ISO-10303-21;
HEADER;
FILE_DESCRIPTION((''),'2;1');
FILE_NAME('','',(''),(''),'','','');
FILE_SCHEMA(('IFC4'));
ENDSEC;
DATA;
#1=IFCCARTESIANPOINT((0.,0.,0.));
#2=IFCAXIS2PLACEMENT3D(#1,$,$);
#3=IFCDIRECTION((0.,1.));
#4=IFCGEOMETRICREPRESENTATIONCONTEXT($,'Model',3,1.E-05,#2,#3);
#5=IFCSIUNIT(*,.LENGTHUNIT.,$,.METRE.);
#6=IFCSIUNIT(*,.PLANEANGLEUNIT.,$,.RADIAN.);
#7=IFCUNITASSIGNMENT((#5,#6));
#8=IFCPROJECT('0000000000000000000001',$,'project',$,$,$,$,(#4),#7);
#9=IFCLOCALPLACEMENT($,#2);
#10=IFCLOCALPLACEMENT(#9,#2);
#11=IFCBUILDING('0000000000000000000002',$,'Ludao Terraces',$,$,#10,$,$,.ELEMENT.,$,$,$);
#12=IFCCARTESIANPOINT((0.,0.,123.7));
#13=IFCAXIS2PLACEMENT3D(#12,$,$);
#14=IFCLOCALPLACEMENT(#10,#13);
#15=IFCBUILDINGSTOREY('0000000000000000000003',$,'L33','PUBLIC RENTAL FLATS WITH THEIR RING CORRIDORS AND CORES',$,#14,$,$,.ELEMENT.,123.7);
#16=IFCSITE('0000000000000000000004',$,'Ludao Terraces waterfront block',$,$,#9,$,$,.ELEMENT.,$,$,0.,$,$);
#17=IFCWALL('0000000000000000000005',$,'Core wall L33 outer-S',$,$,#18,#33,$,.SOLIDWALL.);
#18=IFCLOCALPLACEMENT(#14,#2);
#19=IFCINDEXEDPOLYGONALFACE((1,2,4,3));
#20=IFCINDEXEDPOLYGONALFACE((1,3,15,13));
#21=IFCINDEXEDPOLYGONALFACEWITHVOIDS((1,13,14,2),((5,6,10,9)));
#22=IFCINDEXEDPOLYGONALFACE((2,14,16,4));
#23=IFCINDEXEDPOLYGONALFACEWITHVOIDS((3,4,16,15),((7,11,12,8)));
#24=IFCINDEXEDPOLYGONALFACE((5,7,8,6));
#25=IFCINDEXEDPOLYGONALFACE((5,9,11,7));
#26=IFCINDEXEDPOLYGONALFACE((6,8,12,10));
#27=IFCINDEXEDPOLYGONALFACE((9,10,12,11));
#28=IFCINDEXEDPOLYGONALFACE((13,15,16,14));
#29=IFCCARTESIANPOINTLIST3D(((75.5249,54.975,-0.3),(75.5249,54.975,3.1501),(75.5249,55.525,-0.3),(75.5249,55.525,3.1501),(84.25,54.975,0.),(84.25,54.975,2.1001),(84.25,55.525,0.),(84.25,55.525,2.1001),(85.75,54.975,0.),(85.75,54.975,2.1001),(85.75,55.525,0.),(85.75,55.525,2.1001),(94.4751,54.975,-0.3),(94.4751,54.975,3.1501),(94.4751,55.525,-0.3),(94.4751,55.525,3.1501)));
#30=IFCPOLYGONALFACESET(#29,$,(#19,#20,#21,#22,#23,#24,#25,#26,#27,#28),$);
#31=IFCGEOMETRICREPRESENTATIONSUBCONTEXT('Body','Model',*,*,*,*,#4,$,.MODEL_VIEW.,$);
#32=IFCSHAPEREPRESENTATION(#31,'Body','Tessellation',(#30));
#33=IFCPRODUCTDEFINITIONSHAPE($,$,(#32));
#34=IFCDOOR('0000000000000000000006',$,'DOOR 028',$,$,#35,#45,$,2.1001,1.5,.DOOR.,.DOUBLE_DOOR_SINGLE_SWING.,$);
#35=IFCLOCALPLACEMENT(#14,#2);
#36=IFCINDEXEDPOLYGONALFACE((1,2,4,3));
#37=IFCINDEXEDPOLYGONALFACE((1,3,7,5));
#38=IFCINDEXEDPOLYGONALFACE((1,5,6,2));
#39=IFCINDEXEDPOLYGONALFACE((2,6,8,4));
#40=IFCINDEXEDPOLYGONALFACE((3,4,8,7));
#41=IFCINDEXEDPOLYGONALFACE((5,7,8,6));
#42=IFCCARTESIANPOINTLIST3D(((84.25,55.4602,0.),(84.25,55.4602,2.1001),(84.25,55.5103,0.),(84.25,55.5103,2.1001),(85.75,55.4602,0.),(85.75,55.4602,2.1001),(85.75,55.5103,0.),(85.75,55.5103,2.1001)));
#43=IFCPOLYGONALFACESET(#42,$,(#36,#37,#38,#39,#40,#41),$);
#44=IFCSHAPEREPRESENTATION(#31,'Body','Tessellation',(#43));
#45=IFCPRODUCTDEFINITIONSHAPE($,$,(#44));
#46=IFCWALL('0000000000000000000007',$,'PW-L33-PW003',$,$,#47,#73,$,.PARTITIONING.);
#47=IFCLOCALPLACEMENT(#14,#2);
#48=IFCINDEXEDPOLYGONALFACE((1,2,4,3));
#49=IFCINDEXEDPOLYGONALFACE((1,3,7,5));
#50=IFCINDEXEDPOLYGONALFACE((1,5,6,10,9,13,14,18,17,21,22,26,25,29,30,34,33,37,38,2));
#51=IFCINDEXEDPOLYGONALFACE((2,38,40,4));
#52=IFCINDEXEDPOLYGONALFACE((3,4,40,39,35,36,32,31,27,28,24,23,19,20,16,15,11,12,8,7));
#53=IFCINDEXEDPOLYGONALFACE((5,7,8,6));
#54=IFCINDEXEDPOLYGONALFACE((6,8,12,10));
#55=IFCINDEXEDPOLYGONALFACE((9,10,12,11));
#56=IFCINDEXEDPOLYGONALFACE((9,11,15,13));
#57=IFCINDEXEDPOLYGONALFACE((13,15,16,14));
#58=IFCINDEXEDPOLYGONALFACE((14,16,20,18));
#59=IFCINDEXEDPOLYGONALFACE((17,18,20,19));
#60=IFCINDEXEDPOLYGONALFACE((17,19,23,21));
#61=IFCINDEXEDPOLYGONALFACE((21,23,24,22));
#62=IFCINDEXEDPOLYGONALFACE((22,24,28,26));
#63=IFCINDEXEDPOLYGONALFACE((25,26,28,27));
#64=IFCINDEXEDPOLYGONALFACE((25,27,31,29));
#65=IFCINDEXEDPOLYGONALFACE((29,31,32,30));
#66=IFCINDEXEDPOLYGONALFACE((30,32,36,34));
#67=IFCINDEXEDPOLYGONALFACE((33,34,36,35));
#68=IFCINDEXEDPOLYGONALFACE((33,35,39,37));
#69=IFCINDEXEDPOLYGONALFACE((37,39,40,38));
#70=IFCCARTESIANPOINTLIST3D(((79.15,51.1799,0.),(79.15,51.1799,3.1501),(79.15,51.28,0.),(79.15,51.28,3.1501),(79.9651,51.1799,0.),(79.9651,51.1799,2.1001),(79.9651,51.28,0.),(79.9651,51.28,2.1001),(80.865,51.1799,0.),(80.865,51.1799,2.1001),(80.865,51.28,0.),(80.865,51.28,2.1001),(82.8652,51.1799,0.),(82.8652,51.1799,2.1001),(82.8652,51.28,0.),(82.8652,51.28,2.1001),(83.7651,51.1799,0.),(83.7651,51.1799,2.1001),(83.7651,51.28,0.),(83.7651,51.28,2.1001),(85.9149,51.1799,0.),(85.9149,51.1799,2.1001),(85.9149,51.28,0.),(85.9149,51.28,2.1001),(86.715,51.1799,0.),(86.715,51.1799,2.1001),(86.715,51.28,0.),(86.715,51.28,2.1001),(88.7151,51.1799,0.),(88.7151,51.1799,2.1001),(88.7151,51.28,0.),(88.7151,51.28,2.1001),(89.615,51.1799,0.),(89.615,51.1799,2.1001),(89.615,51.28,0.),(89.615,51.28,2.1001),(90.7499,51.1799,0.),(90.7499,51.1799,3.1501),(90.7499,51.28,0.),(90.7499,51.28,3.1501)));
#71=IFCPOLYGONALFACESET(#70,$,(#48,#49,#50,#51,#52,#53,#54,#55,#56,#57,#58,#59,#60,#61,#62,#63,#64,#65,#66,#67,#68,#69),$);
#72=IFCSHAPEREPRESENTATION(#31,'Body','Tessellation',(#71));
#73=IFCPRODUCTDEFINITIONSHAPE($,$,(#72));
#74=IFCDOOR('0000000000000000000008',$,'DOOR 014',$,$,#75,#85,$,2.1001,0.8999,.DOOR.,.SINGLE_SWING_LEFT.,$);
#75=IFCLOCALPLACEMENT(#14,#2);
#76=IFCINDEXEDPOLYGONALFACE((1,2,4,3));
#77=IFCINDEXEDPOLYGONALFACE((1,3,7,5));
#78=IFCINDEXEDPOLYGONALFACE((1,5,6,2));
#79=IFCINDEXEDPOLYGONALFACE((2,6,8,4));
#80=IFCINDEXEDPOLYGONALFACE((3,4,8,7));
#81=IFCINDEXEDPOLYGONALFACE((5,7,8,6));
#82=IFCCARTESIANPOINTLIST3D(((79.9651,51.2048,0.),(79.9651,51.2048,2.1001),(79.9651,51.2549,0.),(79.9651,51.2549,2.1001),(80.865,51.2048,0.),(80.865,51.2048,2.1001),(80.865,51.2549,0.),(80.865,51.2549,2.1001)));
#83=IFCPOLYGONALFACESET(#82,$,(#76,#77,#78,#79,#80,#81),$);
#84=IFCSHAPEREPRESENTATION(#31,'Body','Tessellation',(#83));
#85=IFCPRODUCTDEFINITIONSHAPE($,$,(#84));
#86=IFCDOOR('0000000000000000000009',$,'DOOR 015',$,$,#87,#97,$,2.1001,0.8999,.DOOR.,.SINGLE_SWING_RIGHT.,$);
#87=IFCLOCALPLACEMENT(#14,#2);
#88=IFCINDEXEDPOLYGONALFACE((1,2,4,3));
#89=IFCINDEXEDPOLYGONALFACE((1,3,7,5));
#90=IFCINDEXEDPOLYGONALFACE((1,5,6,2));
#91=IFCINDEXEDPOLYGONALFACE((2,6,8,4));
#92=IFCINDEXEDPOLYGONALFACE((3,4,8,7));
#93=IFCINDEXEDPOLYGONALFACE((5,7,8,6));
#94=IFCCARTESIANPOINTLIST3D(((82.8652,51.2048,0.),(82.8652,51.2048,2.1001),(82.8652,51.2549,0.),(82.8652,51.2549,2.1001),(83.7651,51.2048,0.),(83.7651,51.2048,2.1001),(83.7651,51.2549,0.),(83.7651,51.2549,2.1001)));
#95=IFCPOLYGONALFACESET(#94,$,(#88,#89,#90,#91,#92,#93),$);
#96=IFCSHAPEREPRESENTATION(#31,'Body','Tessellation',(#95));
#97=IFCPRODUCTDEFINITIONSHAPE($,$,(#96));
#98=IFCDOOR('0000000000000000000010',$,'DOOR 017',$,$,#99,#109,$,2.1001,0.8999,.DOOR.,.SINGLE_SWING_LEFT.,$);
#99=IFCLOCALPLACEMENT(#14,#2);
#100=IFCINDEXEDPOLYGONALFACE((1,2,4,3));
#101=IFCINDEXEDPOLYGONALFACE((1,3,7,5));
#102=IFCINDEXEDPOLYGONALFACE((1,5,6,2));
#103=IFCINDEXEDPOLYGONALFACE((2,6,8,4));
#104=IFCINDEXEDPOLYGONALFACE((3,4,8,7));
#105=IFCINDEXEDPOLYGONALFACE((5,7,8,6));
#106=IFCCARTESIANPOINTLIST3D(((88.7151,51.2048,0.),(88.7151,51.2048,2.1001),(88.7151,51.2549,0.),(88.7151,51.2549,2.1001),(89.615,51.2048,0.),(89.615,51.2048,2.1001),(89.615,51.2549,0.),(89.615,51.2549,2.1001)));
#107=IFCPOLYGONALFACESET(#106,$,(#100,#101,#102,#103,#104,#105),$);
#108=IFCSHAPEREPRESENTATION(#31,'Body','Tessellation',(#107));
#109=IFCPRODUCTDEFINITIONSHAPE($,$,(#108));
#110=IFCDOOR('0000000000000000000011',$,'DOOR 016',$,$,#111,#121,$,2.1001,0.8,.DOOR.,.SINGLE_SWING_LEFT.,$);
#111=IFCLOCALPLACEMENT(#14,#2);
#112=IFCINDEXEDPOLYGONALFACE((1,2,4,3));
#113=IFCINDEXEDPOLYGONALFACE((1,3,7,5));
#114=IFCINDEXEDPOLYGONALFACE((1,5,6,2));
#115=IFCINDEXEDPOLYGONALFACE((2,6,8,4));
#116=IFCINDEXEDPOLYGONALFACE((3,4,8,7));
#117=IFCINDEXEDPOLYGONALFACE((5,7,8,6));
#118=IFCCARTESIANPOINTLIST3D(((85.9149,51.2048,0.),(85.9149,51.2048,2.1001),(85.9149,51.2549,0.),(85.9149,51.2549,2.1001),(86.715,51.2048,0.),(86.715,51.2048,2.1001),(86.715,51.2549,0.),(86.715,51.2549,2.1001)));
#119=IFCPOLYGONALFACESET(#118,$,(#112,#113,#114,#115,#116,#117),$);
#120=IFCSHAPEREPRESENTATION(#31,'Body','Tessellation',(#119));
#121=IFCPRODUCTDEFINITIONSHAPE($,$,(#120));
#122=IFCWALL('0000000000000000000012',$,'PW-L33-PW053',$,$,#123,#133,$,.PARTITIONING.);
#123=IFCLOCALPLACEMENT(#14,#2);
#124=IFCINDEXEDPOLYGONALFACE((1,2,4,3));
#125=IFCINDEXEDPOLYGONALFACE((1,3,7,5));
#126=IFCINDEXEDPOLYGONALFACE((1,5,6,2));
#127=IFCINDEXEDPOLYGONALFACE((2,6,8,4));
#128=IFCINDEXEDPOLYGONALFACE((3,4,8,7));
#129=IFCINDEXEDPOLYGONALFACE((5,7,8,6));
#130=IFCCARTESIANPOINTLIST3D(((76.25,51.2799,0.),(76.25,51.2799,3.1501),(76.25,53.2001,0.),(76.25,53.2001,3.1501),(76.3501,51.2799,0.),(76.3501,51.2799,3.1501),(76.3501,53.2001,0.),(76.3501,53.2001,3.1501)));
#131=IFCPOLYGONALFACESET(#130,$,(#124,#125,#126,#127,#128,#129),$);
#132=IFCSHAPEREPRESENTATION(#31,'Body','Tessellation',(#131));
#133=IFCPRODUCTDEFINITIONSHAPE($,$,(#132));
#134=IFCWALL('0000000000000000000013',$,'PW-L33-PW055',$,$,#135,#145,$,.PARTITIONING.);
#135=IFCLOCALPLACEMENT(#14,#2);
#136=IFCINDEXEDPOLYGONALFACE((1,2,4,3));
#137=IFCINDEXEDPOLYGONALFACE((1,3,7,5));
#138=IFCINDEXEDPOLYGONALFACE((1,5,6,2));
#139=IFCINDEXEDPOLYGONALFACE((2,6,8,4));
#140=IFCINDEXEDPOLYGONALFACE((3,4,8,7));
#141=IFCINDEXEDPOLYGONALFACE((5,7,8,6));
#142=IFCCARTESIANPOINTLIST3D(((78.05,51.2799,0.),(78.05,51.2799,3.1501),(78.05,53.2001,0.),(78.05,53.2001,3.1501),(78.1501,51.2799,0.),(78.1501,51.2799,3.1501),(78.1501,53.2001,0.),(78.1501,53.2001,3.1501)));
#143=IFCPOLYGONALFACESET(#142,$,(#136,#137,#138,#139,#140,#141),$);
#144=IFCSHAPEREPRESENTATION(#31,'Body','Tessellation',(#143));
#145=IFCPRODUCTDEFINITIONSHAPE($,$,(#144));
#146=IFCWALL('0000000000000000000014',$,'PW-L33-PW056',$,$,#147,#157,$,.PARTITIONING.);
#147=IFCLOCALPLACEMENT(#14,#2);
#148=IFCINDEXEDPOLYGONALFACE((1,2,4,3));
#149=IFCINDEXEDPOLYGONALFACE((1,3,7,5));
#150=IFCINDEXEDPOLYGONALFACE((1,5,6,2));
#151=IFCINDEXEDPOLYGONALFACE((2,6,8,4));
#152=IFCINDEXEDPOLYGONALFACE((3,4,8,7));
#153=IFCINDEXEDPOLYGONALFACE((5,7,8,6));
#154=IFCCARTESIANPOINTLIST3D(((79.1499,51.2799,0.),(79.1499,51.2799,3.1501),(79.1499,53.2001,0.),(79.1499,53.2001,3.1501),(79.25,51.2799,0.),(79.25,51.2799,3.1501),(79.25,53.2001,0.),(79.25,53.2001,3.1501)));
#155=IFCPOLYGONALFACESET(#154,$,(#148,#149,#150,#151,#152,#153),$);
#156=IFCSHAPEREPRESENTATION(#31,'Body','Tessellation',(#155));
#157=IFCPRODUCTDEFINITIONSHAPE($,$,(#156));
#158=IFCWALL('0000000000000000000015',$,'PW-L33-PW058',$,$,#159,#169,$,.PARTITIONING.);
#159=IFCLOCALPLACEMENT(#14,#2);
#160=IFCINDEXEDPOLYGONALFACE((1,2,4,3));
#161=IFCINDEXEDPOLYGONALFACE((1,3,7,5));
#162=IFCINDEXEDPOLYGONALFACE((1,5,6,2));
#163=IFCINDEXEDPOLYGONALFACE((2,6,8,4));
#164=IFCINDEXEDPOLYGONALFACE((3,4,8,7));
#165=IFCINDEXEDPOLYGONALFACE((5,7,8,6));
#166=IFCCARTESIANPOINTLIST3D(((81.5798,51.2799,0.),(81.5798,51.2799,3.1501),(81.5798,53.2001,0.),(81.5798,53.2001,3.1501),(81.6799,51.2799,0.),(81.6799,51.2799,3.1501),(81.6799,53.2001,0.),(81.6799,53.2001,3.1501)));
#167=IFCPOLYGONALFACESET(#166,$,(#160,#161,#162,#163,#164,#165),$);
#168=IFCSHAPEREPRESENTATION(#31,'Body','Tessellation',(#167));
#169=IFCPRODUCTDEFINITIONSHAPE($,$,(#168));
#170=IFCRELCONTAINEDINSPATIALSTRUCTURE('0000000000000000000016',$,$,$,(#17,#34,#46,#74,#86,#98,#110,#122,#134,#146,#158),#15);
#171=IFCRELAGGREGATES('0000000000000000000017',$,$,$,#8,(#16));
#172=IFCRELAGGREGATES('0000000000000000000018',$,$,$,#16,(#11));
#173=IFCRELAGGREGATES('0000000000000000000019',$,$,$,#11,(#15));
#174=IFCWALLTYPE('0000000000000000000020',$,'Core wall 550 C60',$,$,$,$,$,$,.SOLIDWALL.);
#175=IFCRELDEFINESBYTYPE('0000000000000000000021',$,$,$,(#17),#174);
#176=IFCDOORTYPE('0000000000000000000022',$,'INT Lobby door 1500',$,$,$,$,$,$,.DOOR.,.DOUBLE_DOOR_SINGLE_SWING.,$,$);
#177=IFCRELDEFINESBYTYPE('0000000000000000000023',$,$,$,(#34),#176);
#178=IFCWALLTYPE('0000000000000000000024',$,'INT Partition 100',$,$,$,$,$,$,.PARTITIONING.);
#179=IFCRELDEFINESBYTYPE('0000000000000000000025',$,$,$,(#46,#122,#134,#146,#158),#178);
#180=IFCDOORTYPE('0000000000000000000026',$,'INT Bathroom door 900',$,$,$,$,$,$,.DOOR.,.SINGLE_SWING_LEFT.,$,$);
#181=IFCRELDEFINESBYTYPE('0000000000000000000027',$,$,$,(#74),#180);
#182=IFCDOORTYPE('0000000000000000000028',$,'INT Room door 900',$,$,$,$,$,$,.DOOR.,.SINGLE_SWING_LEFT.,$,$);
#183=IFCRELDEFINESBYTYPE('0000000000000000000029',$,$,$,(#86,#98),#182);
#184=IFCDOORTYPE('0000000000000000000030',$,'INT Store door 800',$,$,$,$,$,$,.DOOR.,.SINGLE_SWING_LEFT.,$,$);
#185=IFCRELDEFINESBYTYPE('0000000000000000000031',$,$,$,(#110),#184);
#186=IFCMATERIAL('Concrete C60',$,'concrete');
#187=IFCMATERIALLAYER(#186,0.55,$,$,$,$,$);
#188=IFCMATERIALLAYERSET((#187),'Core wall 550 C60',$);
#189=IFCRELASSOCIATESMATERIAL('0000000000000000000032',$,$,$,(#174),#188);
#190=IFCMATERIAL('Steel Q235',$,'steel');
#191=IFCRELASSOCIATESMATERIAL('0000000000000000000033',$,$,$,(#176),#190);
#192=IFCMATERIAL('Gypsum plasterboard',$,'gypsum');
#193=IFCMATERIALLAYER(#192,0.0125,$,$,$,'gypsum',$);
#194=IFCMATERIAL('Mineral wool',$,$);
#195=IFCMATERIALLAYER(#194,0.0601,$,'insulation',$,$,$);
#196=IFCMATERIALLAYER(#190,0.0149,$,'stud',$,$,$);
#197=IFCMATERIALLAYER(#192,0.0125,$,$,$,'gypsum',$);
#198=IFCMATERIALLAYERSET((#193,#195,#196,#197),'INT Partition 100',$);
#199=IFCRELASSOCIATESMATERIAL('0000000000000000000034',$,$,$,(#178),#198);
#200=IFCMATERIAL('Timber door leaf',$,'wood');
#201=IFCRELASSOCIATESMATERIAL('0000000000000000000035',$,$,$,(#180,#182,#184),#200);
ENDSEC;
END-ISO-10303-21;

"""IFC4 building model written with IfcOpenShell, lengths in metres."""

from ifc_helpers import new_model, si_unit, direction, frame, frame_2d, origin, place, context, subcontext, project, spatial, rectangle, extrude, material, layer, layer_set, type_object, element, fill, save


model = new_model("IFC4")

# Units and contexts
model_context = context("Model", 3, precision=1e-05, world=origin(), true_north=direction((0.0, 1.0)))
body_context = subcontext(model_context, "Body", "Model", "MODEL_VIEW")
ifc_project = project(units=[si_unit("LENGTHUNIT", "METRE"), si_unit("PLANEANGLEUNIT", "RADIAN")], contexts=[model_context])

# Site, building, storey
site_placement = place(None, origin())
site = spatial("IfcSite", under=ifc_project, at=site_placement, Name="Ludao Terraces waterfront block", CompositionType="ELEMENT", RefElevation=0.0)
building_placement = place(site_placement, origin())
building = spatial("IfcBuilding", under=site, at=building_placement, Name="Ludao Terraces", CompositionType="ELEMENT")
storey_placement = place(building_placement, frame((0.0, 0.0, 123.7)))
storey = spatial("IfcBuildingStorey", under=building, at=storey_placement, Name="L33", Description="PUBLIC RENTAL FLATS WITH THEIR RING CORRIDORS AND CORES", CompositionType="ELEMENT", Elevation=123.7)

# Wall, opening, door
ifc_material_1 = material(Name="Concrete C60", Category="concrete")
ifc_layer_1 = layer(ifc_material_1, 0.55)
ifc_layer_set_1 = layer_set([ifc_layer_1], Name="Core wall 550 C60")
wall_type_1 = type_object("IfcWallType", Name="Core wall 550 C60", PredefinedType="SOLIDWALL", material=ifc_layer_set_1)
wall_1_placement = place(storey_placement, frame((75.5249, 55.25, -0.3), z_axis=(0.0, 0.0, 1.0), x_axis=(1.0, 0.0, 0.0)))
wall_1 = element("IfcWall", 1, at=wall_1_placement, inside=storey, type_object=wall_type_1, Name="Core wall L33 outer-S", PredefinedType="SOLIDWALL", context=body_context, shape_type="SweptSolid", body=[
    extrude(rectangle(XDim=18.9502, YDim=0.55, at=frame_2d((9.4751, 0.0))), origin(), (0.0, 0.0, 1.0), 3.4502),
])
opening_1_placement = place(wall_1_placement, frame((8.7251, 0.0, 0.3)))
opening_1 = element("IfcOpeningElement", 2, at=opening_1_placement, cuts=wall_1, PredefinedType="OPENING", context=body_context, shape_type="SweptSolid", body=[
    extrude(rectangle(XDim=1.5, YDim=2.1001, at=frame_2d((0.75, 1.05))), frame((0.0, 0.2852, 0.0), z_axis=(0.0, -1.0, 0.0), x_axis=(1.0, 0.0, 0.0)), (0.0, 0.0, 1.0), 0.5701),
])
ifc_material_2 = material(Name="Steel Q235", Category="steel")
door_type_1 = type_object("IfcDoorType", Name="INT Lobby door 1500", OperationType="DOUBLE_DOOR_SINGLE_SWING", PredefinedType="DOOR", material=ifc_material_2)
door_1_placement = place(opening_1_placement, origin())
door_1 = element("IfcDoor", 3, at=door_1_placement, inside=storey, type_object=door_type_1, Name="DOOR 028", OperationType="DOUBLE_DOOR_SINGLE_SWING", OverallHeight=2.1001, OverallWidth=1.5, PredefinedType="DOOR", context=body_context, shape_type="SweptSolid", body=[
    extrude(rectangle(XDim=1.5, YDim=2.1001, at=frame_2d((0.75, 1.05))), frame((0.0, 0.2603, 0.0), z_axis=(0.0, -1.0, 0.0), x_axis=(1.0, 0.0, 0.0)), (0.0, 0.0, 1.0), 0.05),
])
fill(opening_1, door_1)

# Wall, openings, doors
ifc_material_3 = material(Name="Gypsum plasterboard", Category="gypsum")
ifc_layer_2 = layer(ifc_material_3, 0.0125, Category="gypsum")
ifc_material_4 = material(Name="Mineral wool")
ifc_layer_3 = layer(ifc_material_4, 0.0601, Name="insulation")
ifc_layer_4 = layer(ifc_material_2, 0.0149, Name="stud")
ifc_layer_5 = layer(ifc_material_3, 0.0125, Category="gypsum")
ifc_layer_set_2 = layer_set([ifc_layer_2, ifc_layer_3, ifc_layer_4, ifc_layer_5], Name="INT Partition 100")
wall_type_2 = type_object("IfcWallType", Name="INT Partition 100", PredefinedType="PARTITIONING", material=ifc_layer_set_2)
wall_2_placement = place(storey_placement, frame((79.1501, 51.23, 0.0), z_axis=(0.0, 0.0, 1.0), x_axis=(1.0, 0.0, 0.0)))
wall_2 = element("IfcWall", 4, at=wall_2_placement, inside=storey, type_object=wall_type_2, Name="PW-L33-PW003", PredefinedType="PARTITIONING", context=body_context, shape_type="SweptSolid", body=[
    extrude(rectangle(XDim=11.5999, YDim=0.1001, at=frame_2d((5.7998, 0.0))), origin(), (0.0, 0.0, 1.0), 3.1501),
])
opening_2_placement = place(wall_2_placement, frame((0.8149, 0.0, 0.0)))
opening_2 = element("IfcOpeningElement", 5, at=opening_2_placement, cuts=wall_2, PredefinedType="OPENING", context=body_context, shape_type="SweptSolid", body=[
    extrude(rectangle(XDim=0.8999, YDim=2.1001, at=frame_2d((0.45, 1.05))), frame((0.0, 0.0601, 0.0), z_axis=(0.0, -1.0, 0.0), x_axis=(1.0, 0.0, 0.0)), (0.0, 0.0, 1.0), 0.1201),
])
opening_3_placement = place(wall_2_placement, frame((3.7151, 0.0, 0.0)))
opening_3 = element("IfcOpeningElement", 6, at=opening_3_placement, cuts=wall_2, PredefinedType="OPENING", context=body_context, shape_type="SweptSolid", body=[
    extrude(rectangle(XDim=0.8999, YDim=2.1001, at=frame_2d((0.45, 1.05))), frame((0.0, 0.0601, 0.0), z_axis=(0.0, -1.0, 0.0), x_axis=(1.0, 0.0, 0.0)), (0.0, 0.0, 1.0), 0.1201),
])
opening_4_placement = place(wall_2_placement, frame((6.7649, 0.0, 0.0)))
opening_4 = element("IfcOpeningElement", 7, at=opening_4_placement, cuts=wall_2, PredefinedType="OPENING", context=body_context, shape_type="SweptSolid", body=[
    extrude(rectangle(XDim=0.8, YDim=2.1001, at=frame_2d((0.3999, 1.05))), frame((0.0, 0.0601, 0.0), z_axis=(0.0, -1.0, 0.0), x_axis=(1.0, 0.0, 0.0)), (0.0, 0.0, 1.0), 0.1201),
])
opening_5_placement = place(wall_2_placement, frame((9.5649, 0.0, 0.0)))
opening_5 = element("IfcOpeningElement", 8, at=opening_5_placement, cuts=wall_2, PredefinedType="OPENING", context=body_context, shape_type="SweptSolid", body=[
    extrude(rectangle(XDim=0.8999, YDim=2.1001, at=frame_2d((0.45, 1.05))), frame((0.0, 0.0601, 0.0), z_axis=(0.0, -1.0, 0.0), x_axis=(1.0, 0.0, 0.0)), (0.0, 0.0, 1.0), 0.1201),
])
ifc_material_5 = material(Name="Timber door leaf", Category="wood")
door_type_2 = type_object("IfcDoorType", Name="INT Bathroom door 900", OperationType="SINGLE_SWING_LEFT", PredefinedType="DOOR", material=ifc_material_5)
door_2_placement = place(opening_2_placement, origin())
door_2 = element("IfcDoor", 9, at=door_2_placement, inside=storey, type_object=door_type_2, Name="DOOR 014", OperationType="SINGLE_SWING_LEFT", OverallHeight=2.1001, OverallWidth=0.8999, PredefinedType="DOOR", context=body_context, shape_type="SweptSolid", body=[
    extrude(rectangle(XDim=0.8999, YDim=2.1001, at=frame_2d((0.45, 1.05))), frame((0.0, 0.0249, 0.0), z_axis=(0.0, -1.0, 0.0), x_axis=(1.0, 0.0, 0.0)), (0.0, 0.0, 1.0), 0.05),
])
fill(opening_2, door_2)
door_type_3 = type_object("IfcDoorType", Name="INT Room door 900", OperationType="SINGLE_SWING_LEFT", PredefinedType="DOOR", material=ifc_material_5)
door_3_placement = place(opening_3_placement, origin())
door_3 = element("IfcDoor", 10, at=door_3_placement, inside=storey, type_object=door_type_3, Name="DOOR 015", OperationType="SINGLE_SWING_RIGHT", OverallHeight=2.1001, OverallWidth=0.8999, PredefinedType="DOOR", context=body_context, shape_type="SweptSolid", body=[
    extrude(rectangle(XDim=0.8999, YDim=2.1001, at=frame_2d((0.45, 1.05))), frame((0.0, 0.0249, 0.0), z_axis=(0.0, -1.0, 0.0), x_axis=(1.0, 0.0, 0.0)), (0.0, 0.0, 1.0), 0.05),
])
fill(opening_3, door_3)
door_4_placement = place(opening_5_placement, origin())
door_4 = element("IfcDoor", 11, at=door_4_placement, inside=storey, type_object=door_type_3, Name="DOOR 017", OperationType="SINGLE_SWING_LEFT", OverallHeight=2.1001, OverallWidth=0.8999, PredefinedType="DOOR", context=body_context, shape_type="SweptSolid", body=[
    extrude(rectangle(XDim=0.8999, YDim=2.1001, at=frame_2d((0.45, 1.05))), frame((0.0, 0.0249, 0.0), z_axis=(0.0, -1.0, 0.0), x_axis=(1.0, 0.0, 0.0)), (0.0, 0.0, 1.0), 0.05),
])
fill(opening_5, door_4)
door_type_4 = type_object("IfcDoorType", Name="INT Store door 800", OperationType="SINGLE_SWING_LEFT", PredefinedType="DOOR", material=ifc_material_5)
door_5_placement = place(opening_4_placement, origin())
door_5 = element("IfcDoor", 12, at=door_5_placement, inside=storey, type_object=door_type_4, Name="DOOR 016", OperationType="SINGLE_SWING_LEFT", OverallHeight=2.1001, OverallWidth=0.8, PredefinedType="DOOR", context=body_context, shape_type="SweptSolid", body=[
    extrude(rectangle(XDim=0.8, YDim=2.1001, at=frame_2d((0.3999, 1.05))), frame((0.0, 0.0249, 0.0), z_axis=(0.0, -1.0, 0.0), x_axis=(1.0, 0.0, 0.0)), (0.0, 0.0, 1.0), 0.05),
])
fill(opening_4, door_5)

# Walls
for number, where, z_axis, x_axis, name in (
    (13, (76.3, 51.28, 0.0), (0.0, 0.0, 1.0), (0.0, 1.0, 0.0), "PW-L33-PW053"),
    (14, (78.1001, 51.28, 0.0), (0.0, 0.0, 1.0), (0.0, 1.0, 0.0), "PW-L33-PW055"),
    (15, (79.2, 51.28, 0.0), (0.0, 0.0, 1.0), (0.0, 1.0, 0.0), "PW-L33-PW056"),
    (16, (81.6299, 51.28, 0.0), (0.0, 0.0, 1.0), (0.0, 1.0, 0.0), "PW-L33-PW058"),
):
    element("IfcWall", number, at=place(storey_placement, frame(where, z_axis=z_axis, x_axis=x_axis)), inside=storey, type_object=wall_type_2, Name=name, PredefinedType="PARTITIONING", context=body_context, shape_type="SweptSolid", body=[
        extrude(rectangle(XDim=1.9202, YDim=0.1001, at=frame_2d((0.96, 0.0))), origin(), (0.0, 0.0, 1.0), 3.1501),
    ])

save(model, "model.ifc")
